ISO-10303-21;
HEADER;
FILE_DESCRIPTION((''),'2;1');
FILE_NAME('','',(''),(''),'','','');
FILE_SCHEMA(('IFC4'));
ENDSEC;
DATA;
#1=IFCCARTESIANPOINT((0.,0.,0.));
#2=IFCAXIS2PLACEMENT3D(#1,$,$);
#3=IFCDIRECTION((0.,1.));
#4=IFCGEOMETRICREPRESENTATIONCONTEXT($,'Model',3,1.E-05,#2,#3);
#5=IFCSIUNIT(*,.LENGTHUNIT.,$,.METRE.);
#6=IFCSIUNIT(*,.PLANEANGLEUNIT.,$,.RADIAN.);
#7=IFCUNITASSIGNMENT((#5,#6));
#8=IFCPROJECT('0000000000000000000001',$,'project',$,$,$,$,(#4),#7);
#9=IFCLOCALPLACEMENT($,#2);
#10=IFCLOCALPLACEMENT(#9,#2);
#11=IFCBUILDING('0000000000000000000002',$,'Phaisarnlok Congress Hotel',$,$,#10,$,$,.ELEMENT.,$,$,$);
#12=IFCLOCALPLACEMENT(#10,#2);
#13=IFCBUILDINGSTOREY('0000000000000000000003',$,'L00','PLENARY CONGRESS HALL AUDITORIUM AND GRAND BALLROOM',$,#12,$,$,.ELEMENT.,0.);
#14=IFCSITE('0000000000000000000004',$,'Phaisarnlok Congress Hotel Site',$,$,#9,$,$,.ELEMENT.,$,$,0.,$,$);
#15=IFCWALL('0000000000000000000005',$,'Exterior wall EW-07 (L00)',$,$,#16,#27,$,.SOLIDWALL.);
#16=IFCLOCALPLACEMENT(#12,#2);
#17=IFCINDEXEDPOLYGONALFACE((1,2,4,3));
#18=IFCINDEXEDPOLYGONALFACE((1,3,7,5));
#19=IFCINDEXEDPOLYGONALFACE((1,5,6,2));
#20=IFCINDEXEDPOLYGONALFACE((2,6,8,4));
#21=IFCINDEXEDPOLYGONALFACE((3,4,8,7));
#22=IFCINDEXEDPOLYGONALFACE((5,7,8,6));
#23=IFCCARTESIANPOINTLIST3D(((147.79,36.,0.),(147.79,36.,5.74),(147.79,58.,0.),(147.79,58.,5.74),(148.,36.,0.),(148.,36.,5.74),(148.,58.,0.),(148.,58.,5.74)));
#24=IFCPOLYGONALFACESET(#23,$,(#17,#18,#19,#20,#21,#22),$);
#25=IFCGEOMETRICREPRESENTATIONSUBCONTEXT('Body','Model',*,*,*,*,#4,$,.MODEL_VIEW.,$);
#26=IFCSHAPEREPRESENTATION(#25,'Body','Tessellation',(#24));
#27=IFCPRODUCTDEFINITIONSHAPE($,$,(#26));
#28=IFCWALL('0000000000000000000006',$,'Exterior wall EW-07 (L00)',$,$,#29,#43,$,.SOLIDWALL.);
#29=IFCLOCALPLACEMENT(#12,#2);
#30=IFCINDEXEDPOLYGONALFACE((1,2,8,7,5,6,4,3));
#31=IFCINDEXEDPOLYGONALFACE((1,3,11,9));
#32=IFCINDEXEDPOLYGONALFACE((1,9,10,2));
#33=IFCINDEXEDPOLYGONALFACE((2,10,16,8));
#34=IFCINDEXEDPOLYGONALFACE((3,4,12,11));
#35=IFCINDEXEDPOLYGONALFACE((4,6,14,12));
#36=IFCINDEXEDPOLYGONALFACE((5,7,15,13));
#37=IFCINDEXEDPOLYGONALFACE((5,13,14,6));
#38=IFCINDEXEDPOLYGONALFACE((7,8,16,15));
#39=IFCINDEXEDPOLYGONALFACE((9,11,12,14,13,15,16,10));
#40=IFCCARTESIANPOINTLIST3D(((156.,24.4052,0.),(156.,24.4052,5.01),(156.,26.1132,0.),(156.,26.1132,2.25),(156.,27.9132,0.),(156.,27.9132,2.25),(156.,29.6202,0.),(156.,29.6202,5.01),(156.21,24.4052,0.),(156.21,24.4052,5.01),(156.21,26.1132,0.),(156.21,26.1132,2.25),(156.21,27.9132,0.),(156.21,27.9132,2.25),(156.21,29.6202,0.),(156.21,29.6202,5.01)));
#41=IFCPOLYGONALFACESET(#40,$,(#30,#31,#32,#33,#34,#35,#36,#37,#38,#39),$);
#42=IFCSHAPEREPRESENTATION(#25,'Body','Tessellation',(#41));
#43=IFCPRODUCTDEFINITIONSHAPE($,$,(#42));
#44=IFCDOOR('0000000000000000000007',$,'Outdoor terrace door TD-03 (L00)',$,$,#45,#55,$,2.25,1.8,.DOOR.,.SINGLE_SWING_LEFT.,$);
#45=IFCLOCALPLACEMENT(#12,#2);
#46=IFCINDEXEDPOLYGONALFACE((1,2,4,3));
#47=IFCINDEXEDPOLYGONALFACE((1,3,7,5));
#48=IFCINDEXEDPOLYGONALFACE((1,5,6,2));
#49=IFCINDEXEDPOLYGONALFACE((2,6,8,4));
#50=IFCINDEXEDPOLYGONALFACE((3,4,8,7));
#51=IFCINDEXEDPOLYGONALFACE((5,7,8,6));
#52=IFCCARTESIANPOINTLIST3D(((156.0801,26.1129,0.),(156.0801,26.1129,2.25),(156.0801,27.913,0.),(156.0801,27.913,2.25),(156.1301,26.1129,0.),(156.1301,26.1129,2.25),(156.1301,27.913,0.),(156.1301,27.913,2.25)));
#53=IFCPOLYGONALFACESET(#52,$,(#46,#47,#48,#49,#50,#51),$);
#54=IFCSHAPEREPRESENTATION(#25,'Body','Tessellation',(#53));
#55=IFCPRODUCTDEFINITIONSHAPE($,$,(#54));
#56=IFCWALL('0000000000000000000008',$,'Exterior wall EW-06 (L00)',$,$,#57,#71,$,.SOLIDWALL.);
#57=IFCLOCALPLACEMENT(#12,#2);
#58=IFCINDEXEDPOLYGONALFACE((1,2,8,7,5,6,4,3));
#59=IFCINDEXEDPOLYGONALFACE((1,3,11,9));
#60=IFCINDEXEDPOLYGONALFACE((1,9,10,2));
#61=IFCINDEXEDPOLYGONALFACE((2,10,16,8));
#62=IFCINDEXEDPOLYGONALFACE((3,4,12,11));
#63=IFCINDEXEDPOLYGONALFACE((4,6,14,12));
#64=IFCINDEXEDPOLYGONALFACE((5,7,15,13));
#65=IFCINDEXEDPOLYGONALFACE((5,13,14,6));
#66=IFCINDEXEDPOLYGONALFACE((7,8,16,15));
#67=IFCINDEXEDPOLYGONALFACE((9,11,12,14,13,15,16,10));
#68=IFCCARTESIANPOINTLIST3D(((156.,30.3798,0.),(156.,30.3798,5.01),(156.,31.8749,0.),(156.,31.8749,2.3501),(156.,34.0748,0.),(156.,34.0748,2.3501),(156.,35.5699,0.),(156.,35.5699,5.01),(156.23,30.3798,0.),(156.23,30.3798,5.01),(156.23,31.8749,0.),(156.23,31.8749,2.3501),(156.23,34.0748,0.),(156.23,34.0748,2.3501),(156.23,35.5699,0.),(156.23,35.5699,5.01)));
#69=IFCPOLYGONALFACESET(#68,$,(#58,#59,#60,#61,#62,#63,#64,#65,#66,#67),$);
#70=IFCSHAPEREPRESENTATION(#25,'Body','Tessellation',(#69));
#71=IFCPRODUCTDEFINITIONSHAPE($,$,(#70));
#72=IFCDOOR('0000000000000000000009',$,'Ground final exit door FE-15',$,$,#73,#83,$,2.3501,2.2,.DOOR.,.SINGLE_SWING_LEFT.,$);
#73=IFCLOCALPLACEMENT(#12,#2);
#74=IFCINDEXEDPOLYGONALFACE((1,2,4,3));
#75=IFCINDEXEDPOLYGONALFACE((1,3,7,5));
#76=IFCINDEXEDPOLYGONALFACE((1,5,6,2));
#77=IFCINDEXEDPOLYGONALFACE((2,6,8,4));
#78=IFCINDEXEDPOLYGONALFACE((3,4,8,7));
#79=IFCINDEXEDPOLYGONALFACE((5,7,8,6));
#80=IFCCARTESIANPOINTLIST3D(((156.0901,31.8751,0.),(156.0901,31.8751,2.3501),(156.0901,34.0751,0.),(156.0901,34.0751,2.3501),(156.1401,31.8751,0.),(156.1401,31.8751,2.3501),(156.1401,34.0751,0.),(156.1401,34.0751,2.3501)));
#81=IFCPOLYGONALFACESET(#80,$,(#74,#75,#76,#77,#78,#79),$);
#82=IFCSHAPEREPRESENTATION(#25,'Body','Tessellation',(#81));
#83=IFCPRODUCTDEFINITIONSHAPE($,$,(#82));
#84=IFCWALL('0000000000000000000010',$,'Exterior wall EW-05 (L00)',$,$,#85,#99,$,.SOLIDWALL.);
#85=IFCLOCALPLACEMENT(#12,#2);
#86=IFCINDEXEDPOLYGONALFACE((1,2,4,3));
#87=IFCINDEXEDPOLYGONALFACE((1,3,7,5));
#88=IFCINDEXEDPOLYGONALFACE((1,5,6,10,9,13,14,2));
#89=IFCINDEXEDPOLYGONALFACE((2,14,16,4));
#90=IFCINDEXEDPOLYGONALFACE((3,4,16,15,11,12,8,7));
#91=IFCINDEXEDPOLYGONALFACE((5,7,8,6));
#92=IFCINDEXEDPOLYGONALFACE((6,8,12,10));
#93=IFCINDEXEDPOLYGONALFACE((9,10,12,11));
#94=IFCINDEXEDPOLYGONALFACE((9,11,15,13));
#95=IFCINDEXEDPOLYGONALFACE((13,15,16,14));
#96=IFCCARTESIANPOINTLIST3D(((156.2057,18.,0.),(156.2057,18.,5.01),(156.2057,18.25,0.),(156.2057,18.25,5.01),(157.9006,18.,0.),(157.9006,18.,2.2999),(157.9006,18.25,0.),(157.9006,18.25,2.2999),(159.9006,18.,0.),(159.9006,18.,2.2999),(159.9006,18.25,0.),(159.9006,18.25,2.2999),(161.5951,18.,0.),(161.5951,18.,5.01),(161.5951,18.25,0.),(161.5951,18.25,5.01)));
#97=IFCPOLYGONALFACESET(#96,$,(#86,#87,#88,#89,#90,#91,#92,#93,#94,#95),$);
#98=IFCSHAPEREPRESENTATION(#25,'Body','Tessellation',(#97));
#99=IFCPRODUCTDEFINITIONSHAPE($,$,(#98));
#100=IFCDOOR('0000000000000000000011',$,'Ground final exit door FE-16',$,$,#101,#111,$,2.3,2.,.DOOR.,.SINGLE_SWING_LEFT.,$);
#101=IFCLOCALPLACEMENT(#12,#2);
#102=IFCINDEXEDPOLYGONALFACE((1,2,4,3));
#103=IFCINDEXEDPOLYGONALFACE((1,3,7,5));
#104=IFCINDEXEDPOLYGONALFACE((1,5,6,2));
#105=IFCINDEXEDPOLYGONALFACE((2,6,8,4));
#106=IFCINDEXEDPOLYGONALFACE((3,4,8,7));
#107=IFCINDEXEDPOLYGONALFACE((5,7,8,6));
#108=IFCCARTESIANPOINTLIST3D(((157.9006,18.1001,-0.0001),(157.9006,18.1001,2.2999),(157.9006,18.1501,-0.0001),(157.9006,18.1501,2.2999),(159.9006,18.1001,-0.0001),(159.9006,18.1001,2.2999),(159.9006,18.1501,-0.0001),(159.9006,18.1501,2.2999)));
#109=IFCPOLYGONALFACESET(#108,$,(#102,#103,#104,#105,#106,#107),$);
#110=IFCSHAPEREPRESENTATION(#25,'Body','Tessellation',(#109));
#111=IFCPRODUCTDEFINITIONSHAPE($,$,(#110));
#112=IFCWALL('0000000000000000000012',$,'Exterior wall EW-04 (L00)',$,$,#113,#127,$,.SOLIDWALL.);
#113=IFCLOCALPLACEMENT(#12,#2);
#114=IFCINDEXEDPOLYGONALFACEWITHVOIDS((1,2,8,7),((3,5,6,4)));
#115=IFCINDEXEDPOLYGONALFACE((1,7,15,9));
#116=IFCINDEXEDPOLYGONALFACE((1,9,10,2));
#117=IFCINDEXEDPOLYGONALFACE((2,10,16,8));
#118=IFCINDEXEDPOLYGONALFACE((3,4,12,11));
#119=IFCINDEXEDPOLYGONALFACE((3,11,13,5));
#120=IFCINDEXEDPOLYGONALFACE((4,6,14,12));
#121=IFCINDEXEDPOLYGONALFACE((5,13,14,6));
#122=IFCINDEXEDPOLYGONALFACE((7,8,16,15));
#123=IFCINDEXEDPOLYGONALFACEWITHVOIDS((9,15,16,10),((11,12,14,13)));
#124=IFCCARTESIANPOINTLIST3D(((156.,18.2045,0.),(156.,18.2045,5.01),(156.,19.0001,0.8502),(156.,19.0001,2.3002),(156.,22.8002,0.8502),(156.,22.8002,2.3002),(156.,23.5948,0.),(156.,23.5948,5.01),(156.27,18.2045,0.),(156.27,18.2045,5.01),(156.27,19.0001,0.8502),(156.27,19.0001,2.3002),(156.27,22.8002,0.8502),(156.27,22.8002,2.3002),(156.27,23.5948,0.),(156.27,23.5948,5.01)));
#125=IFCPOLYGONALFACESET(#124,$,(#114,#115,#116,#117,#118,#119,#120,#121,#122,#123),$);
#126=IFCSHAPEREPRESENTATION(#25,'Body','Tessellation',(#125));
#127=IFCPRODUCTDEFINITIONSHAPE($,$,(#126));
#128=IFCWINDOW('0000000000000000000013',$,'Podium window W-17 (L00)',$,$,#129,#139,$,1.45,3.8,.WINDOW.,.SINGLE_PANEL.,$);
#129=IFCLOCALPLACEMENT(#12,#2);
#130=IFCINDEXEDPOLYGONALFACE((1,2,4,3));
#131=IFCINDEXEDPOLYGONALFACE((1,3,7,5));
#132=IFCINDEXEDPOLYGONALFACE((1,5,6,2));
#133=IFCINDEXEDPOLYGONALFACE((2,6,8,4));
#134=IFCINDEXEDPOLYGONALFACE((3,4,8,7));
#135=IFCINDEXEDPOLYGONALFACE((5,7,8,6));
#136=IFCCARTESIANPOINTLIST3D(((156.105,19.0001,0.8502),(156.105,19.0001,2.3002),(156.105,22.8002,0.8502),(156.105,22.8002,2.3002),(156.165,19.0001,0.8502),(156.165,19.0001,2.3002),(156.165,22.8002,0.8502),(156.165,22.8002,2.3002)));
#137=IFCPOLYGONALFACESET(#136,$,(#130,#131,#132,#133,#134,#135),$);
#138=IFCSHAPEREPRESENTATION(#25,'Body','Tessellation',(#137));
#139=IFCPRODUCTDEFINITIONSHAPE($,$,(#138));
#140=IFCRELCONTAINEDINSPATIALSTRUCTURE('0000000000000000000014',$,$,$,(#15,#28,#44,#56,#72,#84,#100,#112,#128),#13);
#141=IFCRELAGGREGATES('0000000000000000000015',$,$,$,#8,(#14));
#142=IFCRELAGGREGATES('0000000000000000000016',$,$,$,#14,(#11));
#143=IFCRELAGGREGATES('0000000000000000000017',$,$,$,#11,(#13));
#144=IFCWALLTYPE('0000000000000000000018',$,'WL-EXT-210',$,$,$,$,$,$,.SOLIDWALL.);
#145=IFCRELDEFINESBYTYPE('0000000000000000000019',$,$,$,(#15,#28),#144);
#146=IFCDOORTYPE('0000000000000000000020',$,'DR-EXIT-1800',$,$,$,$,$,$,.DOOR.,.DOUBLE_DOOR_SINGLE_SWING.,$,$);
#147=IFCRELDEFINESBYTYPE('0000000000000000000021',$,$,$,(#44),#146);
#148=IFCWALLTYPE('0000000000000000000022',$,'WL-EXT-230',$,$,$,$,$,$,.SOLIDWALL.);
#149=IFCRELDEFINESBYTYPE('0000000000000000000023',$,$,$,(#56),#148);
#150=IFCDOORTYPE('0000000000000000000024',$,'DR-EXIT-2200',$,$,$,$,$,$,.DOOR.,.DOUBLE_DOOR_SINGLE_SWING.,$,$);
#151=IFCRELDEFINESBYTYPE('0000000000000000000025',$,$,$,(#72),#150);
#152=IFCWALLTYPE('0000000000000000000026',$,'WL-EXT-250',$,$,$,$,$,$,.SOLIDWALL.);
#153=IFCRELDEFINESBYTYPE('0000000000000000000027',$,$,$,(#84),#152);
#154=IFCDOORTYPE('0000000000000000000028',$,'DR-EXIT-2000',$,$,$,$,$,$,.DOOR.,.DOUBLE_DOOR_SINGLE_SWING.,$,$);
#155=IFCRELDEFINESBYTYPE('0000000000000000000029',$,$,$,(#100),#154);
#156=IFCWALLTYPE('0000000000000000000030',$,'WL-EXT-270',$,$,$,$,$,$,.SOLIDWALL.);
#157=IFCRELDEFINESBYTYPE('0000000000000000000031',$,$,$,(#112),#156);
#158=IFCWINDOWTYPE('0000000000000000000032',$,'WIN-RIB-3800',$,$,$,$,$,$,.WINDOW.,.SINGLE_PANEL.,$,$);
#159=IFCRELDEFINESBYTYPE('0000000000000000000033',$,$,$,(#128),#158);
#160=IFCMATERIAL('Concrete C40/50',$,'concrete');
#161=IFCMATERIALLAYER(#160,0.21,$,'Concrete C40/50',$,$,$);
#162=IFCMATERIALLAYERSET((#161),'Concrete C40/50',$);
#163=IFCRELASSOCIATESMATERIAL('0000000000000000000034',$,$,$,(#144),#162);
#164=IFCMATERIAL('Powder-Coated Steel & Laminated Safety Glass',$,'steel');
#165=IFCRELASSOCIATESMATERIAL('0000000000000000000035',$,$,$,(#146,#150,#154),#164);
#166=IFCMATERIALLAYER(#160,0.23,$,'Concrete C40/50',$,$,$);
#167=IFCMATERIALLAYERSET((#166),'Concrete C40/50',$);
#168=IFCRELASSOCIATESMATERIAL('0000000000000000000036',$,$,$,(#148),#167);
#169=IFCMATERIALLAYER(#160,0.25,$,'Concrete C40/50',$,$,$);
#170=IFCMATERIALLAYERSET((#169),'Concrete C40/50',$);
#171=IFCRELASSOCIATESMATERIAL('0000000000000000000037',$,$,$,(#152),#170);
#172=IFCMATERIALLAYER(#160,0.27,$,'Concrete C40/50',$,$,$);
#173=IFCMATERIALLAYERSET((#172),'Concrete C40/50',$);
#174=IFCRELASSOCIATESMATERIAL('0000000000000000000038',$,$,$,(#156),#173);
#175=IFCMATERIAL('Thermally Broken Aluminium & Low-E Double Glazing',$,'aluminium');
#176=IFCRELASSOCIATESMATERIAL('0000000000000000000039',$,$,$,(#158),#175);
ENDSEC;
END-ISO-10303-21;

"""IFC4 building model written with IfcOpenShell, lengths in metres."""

from ifc_helpers import new_model, si_unit, direction, frame, frame_2d, origin, place, context, subcontext, project, spatial, rectangle, extrude, material, layer, layer_set, type_object, element, fill, save


model = new_model("IFC4")

# Units and contexts
model_context = context("Model", 3, precision=1e-05, world=origin(), true_north=direction((0.0, 1.0)))
body_context = subcontext(model_context, "Body", "Model", "MODEL_VIEW")
ifc_project = project(units=[si_unit("LENGTHUNIT", "METRE"), si_unit("PLANEANGLEUNIT", "RADIAN")], contexts=[model_context])

# Site, building, storey
site_placement = place(None, origin())
site = spatial("IfcSite", under=ifc_project, at=site_placement, Name="Phaisarnlok Congress Hotel Site", CompositionType="ELEMENT", RefElevation=0.0)
building_placement = place(site_placement, origin())
building = spatial("IfcBuilding", under=site, at=building_placement, Name="Phaisarnlok Congress Hotel", CompositionType="ELEMENT")
storey_placement = place(building_placement, origin())
storey = spatial("IfcBuildingStorey", under=building, at=storey_placement, Name="L00", Description="PLENARY CONGRESS HALL AUDITORIUM AND GRAND BALLROOM", CompositionType="ELEMENT", Elevation=0.0)

# Shared definitions
ifc_material_1 = material(Name="Concrete C40/50", Category="concrete")

# Wall
ifc_layer_1 = layer(ifc_material_1, 0.21, Name="Concrete C40/50")
ifc_layer_set_1 = layer_set([ifc_layer_1], Name="Concrete C40/50")
wall_type_1 = type_object("IfcWallType", Name="WL-EXT-210", PredefinedType="SOLIDWALL", material=ifc_layer_set_1)
wall_1_placement = place(storey_placement, frame((147.895, 36.0, 0.0), z_axis=(0.0, 0.0, 1.0), x_axis=(0.0, 1.0, 0.0)))
element("IfcWall", 1, at=wall_1_placement, inside=storey, type_object=wall_type_1, Name="Exterior wall EW-07 (L00)", PredefinedType="SOLIDWALL", context=body_context, shape_type="SweptSolid", body=[
    extrude(rectangle(XDim=22.0, YDim=0.21, at=frame_2d((11.0, 0.0))), origin(), (0.0, 0.0, 1.0), 5.74),
])

# Walls, openings, doors
wall_2_placement = place(storey_placement, frame((156.105, 29.6201, 0.0), z_axis=(0.0, 0.0, 1.0), x_axis=(0.0, -1.0, 0.0)))
wall_2 = element("IfcWall", 2, at=wall_2_placement, inside=storey, type_object=wall_type_1, Name="Exterior wall EW-07 (L00)", PredefinedType="SOLIDWALL", context=body_context, shape_type="SweptSolid", body=[
    extrude(rectangle(XDim=5.2151, YDim=0.21, at=frame_2d((2.6074, 0.0))), origin(), (0.0, 0.0, 1.0), 5.01),
])
opening_1_placement = place(wall_2_placement, frame((1.707, 0.0, 0.0)))
opening_1 = element("IfcOpeningElement", 3, at=opening_1_placement, cuts=wall_2, PredefinedType="OPENING", context=body_context, shape_type="SweptSolid", body=[
    extrude(rectangle(XDim=1.8, YDim=2.25, at=frame_2d((0.8999, 1.125))), frame((0.0, 0.115, 0.0), z_axis=(0.0, -1.0, 0.0), x_axis=(1.0, 0.0, 0.0)), (0.0, 0.0, 1.0), 0.23),
])
ifc_material_2 = material(Name="Powder-Coated Steel & Laminated Safety Glass", Category="steel")
door_type_1 = type_object("IfcDoorType", Name="DR-EXIT-1800", OperationType="DOUBLE_DOOR_SINGLE_SWING", PredefinedType="DOOR", material=ifc_material_2)
door_1_placement = place(opening_1_placement, frame((1.8, 0.0, 0.0), z_axis=(0.0, 0.0, 1.0), x_axis=(-1.0, 0.0, 0.0)))
door_1 = element("IfcDoor", 4, at=door_1_placement, inside=storey, type_object=door_type_1, Name="Outdoor terrace door TD-03 (L00)", OperationType="SINGLE_SWING_LEFT", OverallHeight=2.25, OverallWidth=1.8, PredefinedType="DOOR", context=body_context, shape_type="SweptSolid", body=[
    extrude(rectangle(XDim=1.8, YDim=2.25, at=frame_2d((0.8999, 1.125))), frame((0.0, 0.0249, 0.0), z_axis=(0.0, -1.0, 0.0), x_axis=(1.0, 0.0, 0.0)), (0.0, 0.0, 1.0), 0.05),
])
fill(opening_1, door_1)
ifc_layer_2 = layer(ifc_material_1, 0.23, Name="Concrete C40/50")
ifc_layer_set_2 = layer_set([ifc_layer_2], Name="Concrete C40/50")
wall_type_2 = type_object("IfcWallType", Name="WL-EXT-230", PredefinedType="SOLIDWALL", material=ifc_layer_set_2)
wall_3_placement = place(storey_placement, frame((156.115, 35.5701, 0.0), z_axis=(0.0, 0.0, 1.0), x_axis=(0.0, -1.0, 0.0)))
wall_3 = element("IfcWall", 5, at=wall_3_placement, inside=storey, type_object=wall_type_2, Name="Exterior wall EW-06 (L00)", PredefinedType="SOLIDWALL", context=body_context, shape_type="SweptSolid", body=[
    extrude(rectangle(XDim=5.1902, YDim=0.23, at=frame_2d((2.5952, 0.0))), origin(), (0.0, 0.0, 1.0), 5.01),
])
opening_2_placement = place(wall_3_placement, frame((1.4951, 0.0, 0.0)))
opening_2 = element("IfcOpeningElement", 6, at=opening_2_placement, cuts=wall_3, PredefinedType="OPENING", context=body_context, shape_type="SweptSolid", body=[
    extrude(rectangle(XDim=2.2, YDim=2.3501, at=frame_2d((1.1001, 1.175))), frame((0.0, 0.125, 0.0), z_axis=(0.0, -1.0, 0.0), x_axis=(1.0, 0.0, 0.0)), (0.0, 0.0, 1.0), 0.25),
])
door_type_2 = type_object("IfcDoorType", Name="DR-EXIT-2200", OperationType="DOUBLE_DOOR_SINGLE_SWING", PredefinedType="DOOR", material=ifc_material_2)
door_2_placement = place(opening_2_placement, frame((2.2, 0.0, 0.0), z_axis=(0.0, 0.0, 1.0), x_axis=(-1.0, 0.0, 0.0)))
door_2 = element("IfcDoor", 7, at=door_2_placement, inside=storey, type_object=door_type_2, Name="Ground final exit door FE-15", OperationType="SINGLE_SWING_LEFT", OverallHeight=2.3501, OverallWidth=2.2, PredefinedType="DOOR", context=body_context, shape_type="SweptSolid", body=[
    extrude(rectangle(XDim=2.2, YDim=2.3501, at=frame_2d((1.1001, 1.175))), frame((0.0, 0.0249, 0.0), z_axis=(0.0, -1.0, 0.0), x_axis=(1.0, 0.0, 0.0)), (0.0, 0.0, 1.0), 0.05),
])
fill(opening_2, door_2)
ifc_layer_3 = layer(ifc_material_1, 0.25, Name="Concrete C40/50")
ifc_layer_set_3 = layer_set([ifc_layer_3], Name="Concrete C40/50")
wall_type_3 = type_object("IfcWallType", Name="WL-EXT-250", PredefinedType="SOLIDWALL", material=ifc_layer_set_3)
wall_4_placement = place(storey_placement, frame((156.2056, 18.125, 0.0), z_axis=(0.0, 0.0, 1.0), x_axis=(1.0, 0.0, 0.0)))
wall_4 = element("IfcWall", 8, at=wall_4_placement, inside=storey, type_object=wall_type_3, Name="Exterior wall EW-05 (L00)", PredefinedType="SOLIDWALL", context=body_context, shape_type="SweptSolid", body=[
    extrude(rectangle(XDim=5.3894, YDim=0.25, at=frame_2d((2.6948, 0.0))), origin(), (0.0, 0.0, 1.0), 5.01),
])
opening_3_placement = place(wall_4_placement, frame((1.6951, 0.0, 0.0)))
opening_3 = element("IfcOpeningElement", 9, at=opening_3_placement, cuts=wall_4, PredefinedType="OPENING", context=body_context, shape_type="SweptSolid", body=[
    extrude(rectangle(XDim=2.0, YDim=2.3, at=frame_2d((1.0, 1.1499))), frame((0.0, 0.135, 0.0), z_axis=(0.0, -1.0, 0.0), x_axis=(1.0, 0.0, 0.0)), (0.0, 0.0, 1.0), 0.27),
])
door_type_3 = type_object("IfcDoorType", Name="DR-EXIT-2000", OperationType="DOUBLE_DOOR_SINGLE_SWING", PredefinedType="DOOR", material=ifc_material_2)
door_3_placement = place(opening_3_placement, frame((2.0, 0.0, 0.0), z_axis=(0.0, 0.0, 1.0), x_axis=(-1.0, 0.0, 0.0)))
door_3 = element("IfcDoor", 10, at=door_3_placement, inside=storey, type_object=door_type_3, Name="Ground final exit door FE-16", OperationType="SINGLE_SWING_LEFT", OverallHeight=2.3, OverallWidth=2.0, PredefinedType="DOOR", context=body_context, shape_type="SweptSolid", body=[
    extrude(rectangle(XDim=2.0, YDim=2.3, at=frame_2d((1.0, 1.1499))), frame((0.0, 0.0249, 0.0), z_axis=(0.0, -1.0, 0.0), x_axis=(1.0, 0.0, 0.0)), (0.0, 0.0, 1.0), 0.05),
])
fill(opening_3, door_3)

# Wall, opening, window
ifc_layer_4 = layer(ifc_material_1, 0.27, Name="Concrete C40/50")
ifc_layer_set_4 = layer_set([ifc_layer_4], Name="Concrete C40/50")
wall_type_4 = type_object("IfcWallType", Name="WL-EXT-270", PredefinedType="SOLIDWALL", material=ifc_layer_set_4)
wall_5_placement = place(storey_placement, frame((156.135, 23.595, 0.0), z_axis=(0.0, 0.0, 1.0), x_axis=(0.0, -1.0, 0.0)))
wall_5 = element("IfcWall", 11, at=wall_5_placement, inside=storey, type_object=wall_type_4, Name="Exterior wall EW-04 (L00)", PredefinedType="SOLIDWALL", context=body_context, shape_type="SweptSolid", body=[
    extrude(rectangle(XDim=5.3904, YDim=0.27, at=frame_2d((2.6953, 0.0))), origin(), (0.0, 0.0, 1.0), 5.01),
])
opening_4_placement = place(wall_5_placement, frame((0.7949, 0.0, 0.8501)))
opening_4 = element("IfcOpeningElement", 12, at=opening_4_placement, cuts=wall_5, PredefinedType="OPENING", context=body_context, shape_type="SweptSolid", body=[
    extrude(rectangle(XDim=3.8, YDim=1.45, at=frame_2d((1.8999, 0.7251))), frame((0.0, 0.145, 0.0), z_axis=(0.0, -1.0, 0.0), x_axis=(1.0, 0.0, 0.0)), (0.0, 0.0, 1.0), 0.29),
])
ifc_material_3 = material(Name="Thermally Broken Aluminium & Low-E Double Glazing", Category="aluminium")
window_type = type_object("IfcWindowType", Name="WIN-RIB-3800", PartitioningType="SINGLE_PANEL", PredefinedType="WINDOW", material=ifc_material_3)
window_placement = place(opening_4_placement, origin())
window = element("IfcWindow", 13, at=window_placement, inside=storey, type_object=window_type, Name="Podium window W-17 (L00)", OverallHeight=1.45, OverallWidth=3.8, PartitioningType="SINGLE_PANEL", PredefinedType="WINDOW", context=body_context, shape_type="SweptSolid", body=[
    extrude(rectangle(XDim=3.8, YDim=1.45, at=frame_2d((1.8999, 0.7251))), frame((0.0, 0.03, 0.0), z_axis=(0.0, -1.0, 0.0), x_axis=(1.0, 0.0, 0.0)), (0.0, 0.0, 1.0), 0.0601),
])
fill(opening_4, window)

save(model, "model.ifc")
